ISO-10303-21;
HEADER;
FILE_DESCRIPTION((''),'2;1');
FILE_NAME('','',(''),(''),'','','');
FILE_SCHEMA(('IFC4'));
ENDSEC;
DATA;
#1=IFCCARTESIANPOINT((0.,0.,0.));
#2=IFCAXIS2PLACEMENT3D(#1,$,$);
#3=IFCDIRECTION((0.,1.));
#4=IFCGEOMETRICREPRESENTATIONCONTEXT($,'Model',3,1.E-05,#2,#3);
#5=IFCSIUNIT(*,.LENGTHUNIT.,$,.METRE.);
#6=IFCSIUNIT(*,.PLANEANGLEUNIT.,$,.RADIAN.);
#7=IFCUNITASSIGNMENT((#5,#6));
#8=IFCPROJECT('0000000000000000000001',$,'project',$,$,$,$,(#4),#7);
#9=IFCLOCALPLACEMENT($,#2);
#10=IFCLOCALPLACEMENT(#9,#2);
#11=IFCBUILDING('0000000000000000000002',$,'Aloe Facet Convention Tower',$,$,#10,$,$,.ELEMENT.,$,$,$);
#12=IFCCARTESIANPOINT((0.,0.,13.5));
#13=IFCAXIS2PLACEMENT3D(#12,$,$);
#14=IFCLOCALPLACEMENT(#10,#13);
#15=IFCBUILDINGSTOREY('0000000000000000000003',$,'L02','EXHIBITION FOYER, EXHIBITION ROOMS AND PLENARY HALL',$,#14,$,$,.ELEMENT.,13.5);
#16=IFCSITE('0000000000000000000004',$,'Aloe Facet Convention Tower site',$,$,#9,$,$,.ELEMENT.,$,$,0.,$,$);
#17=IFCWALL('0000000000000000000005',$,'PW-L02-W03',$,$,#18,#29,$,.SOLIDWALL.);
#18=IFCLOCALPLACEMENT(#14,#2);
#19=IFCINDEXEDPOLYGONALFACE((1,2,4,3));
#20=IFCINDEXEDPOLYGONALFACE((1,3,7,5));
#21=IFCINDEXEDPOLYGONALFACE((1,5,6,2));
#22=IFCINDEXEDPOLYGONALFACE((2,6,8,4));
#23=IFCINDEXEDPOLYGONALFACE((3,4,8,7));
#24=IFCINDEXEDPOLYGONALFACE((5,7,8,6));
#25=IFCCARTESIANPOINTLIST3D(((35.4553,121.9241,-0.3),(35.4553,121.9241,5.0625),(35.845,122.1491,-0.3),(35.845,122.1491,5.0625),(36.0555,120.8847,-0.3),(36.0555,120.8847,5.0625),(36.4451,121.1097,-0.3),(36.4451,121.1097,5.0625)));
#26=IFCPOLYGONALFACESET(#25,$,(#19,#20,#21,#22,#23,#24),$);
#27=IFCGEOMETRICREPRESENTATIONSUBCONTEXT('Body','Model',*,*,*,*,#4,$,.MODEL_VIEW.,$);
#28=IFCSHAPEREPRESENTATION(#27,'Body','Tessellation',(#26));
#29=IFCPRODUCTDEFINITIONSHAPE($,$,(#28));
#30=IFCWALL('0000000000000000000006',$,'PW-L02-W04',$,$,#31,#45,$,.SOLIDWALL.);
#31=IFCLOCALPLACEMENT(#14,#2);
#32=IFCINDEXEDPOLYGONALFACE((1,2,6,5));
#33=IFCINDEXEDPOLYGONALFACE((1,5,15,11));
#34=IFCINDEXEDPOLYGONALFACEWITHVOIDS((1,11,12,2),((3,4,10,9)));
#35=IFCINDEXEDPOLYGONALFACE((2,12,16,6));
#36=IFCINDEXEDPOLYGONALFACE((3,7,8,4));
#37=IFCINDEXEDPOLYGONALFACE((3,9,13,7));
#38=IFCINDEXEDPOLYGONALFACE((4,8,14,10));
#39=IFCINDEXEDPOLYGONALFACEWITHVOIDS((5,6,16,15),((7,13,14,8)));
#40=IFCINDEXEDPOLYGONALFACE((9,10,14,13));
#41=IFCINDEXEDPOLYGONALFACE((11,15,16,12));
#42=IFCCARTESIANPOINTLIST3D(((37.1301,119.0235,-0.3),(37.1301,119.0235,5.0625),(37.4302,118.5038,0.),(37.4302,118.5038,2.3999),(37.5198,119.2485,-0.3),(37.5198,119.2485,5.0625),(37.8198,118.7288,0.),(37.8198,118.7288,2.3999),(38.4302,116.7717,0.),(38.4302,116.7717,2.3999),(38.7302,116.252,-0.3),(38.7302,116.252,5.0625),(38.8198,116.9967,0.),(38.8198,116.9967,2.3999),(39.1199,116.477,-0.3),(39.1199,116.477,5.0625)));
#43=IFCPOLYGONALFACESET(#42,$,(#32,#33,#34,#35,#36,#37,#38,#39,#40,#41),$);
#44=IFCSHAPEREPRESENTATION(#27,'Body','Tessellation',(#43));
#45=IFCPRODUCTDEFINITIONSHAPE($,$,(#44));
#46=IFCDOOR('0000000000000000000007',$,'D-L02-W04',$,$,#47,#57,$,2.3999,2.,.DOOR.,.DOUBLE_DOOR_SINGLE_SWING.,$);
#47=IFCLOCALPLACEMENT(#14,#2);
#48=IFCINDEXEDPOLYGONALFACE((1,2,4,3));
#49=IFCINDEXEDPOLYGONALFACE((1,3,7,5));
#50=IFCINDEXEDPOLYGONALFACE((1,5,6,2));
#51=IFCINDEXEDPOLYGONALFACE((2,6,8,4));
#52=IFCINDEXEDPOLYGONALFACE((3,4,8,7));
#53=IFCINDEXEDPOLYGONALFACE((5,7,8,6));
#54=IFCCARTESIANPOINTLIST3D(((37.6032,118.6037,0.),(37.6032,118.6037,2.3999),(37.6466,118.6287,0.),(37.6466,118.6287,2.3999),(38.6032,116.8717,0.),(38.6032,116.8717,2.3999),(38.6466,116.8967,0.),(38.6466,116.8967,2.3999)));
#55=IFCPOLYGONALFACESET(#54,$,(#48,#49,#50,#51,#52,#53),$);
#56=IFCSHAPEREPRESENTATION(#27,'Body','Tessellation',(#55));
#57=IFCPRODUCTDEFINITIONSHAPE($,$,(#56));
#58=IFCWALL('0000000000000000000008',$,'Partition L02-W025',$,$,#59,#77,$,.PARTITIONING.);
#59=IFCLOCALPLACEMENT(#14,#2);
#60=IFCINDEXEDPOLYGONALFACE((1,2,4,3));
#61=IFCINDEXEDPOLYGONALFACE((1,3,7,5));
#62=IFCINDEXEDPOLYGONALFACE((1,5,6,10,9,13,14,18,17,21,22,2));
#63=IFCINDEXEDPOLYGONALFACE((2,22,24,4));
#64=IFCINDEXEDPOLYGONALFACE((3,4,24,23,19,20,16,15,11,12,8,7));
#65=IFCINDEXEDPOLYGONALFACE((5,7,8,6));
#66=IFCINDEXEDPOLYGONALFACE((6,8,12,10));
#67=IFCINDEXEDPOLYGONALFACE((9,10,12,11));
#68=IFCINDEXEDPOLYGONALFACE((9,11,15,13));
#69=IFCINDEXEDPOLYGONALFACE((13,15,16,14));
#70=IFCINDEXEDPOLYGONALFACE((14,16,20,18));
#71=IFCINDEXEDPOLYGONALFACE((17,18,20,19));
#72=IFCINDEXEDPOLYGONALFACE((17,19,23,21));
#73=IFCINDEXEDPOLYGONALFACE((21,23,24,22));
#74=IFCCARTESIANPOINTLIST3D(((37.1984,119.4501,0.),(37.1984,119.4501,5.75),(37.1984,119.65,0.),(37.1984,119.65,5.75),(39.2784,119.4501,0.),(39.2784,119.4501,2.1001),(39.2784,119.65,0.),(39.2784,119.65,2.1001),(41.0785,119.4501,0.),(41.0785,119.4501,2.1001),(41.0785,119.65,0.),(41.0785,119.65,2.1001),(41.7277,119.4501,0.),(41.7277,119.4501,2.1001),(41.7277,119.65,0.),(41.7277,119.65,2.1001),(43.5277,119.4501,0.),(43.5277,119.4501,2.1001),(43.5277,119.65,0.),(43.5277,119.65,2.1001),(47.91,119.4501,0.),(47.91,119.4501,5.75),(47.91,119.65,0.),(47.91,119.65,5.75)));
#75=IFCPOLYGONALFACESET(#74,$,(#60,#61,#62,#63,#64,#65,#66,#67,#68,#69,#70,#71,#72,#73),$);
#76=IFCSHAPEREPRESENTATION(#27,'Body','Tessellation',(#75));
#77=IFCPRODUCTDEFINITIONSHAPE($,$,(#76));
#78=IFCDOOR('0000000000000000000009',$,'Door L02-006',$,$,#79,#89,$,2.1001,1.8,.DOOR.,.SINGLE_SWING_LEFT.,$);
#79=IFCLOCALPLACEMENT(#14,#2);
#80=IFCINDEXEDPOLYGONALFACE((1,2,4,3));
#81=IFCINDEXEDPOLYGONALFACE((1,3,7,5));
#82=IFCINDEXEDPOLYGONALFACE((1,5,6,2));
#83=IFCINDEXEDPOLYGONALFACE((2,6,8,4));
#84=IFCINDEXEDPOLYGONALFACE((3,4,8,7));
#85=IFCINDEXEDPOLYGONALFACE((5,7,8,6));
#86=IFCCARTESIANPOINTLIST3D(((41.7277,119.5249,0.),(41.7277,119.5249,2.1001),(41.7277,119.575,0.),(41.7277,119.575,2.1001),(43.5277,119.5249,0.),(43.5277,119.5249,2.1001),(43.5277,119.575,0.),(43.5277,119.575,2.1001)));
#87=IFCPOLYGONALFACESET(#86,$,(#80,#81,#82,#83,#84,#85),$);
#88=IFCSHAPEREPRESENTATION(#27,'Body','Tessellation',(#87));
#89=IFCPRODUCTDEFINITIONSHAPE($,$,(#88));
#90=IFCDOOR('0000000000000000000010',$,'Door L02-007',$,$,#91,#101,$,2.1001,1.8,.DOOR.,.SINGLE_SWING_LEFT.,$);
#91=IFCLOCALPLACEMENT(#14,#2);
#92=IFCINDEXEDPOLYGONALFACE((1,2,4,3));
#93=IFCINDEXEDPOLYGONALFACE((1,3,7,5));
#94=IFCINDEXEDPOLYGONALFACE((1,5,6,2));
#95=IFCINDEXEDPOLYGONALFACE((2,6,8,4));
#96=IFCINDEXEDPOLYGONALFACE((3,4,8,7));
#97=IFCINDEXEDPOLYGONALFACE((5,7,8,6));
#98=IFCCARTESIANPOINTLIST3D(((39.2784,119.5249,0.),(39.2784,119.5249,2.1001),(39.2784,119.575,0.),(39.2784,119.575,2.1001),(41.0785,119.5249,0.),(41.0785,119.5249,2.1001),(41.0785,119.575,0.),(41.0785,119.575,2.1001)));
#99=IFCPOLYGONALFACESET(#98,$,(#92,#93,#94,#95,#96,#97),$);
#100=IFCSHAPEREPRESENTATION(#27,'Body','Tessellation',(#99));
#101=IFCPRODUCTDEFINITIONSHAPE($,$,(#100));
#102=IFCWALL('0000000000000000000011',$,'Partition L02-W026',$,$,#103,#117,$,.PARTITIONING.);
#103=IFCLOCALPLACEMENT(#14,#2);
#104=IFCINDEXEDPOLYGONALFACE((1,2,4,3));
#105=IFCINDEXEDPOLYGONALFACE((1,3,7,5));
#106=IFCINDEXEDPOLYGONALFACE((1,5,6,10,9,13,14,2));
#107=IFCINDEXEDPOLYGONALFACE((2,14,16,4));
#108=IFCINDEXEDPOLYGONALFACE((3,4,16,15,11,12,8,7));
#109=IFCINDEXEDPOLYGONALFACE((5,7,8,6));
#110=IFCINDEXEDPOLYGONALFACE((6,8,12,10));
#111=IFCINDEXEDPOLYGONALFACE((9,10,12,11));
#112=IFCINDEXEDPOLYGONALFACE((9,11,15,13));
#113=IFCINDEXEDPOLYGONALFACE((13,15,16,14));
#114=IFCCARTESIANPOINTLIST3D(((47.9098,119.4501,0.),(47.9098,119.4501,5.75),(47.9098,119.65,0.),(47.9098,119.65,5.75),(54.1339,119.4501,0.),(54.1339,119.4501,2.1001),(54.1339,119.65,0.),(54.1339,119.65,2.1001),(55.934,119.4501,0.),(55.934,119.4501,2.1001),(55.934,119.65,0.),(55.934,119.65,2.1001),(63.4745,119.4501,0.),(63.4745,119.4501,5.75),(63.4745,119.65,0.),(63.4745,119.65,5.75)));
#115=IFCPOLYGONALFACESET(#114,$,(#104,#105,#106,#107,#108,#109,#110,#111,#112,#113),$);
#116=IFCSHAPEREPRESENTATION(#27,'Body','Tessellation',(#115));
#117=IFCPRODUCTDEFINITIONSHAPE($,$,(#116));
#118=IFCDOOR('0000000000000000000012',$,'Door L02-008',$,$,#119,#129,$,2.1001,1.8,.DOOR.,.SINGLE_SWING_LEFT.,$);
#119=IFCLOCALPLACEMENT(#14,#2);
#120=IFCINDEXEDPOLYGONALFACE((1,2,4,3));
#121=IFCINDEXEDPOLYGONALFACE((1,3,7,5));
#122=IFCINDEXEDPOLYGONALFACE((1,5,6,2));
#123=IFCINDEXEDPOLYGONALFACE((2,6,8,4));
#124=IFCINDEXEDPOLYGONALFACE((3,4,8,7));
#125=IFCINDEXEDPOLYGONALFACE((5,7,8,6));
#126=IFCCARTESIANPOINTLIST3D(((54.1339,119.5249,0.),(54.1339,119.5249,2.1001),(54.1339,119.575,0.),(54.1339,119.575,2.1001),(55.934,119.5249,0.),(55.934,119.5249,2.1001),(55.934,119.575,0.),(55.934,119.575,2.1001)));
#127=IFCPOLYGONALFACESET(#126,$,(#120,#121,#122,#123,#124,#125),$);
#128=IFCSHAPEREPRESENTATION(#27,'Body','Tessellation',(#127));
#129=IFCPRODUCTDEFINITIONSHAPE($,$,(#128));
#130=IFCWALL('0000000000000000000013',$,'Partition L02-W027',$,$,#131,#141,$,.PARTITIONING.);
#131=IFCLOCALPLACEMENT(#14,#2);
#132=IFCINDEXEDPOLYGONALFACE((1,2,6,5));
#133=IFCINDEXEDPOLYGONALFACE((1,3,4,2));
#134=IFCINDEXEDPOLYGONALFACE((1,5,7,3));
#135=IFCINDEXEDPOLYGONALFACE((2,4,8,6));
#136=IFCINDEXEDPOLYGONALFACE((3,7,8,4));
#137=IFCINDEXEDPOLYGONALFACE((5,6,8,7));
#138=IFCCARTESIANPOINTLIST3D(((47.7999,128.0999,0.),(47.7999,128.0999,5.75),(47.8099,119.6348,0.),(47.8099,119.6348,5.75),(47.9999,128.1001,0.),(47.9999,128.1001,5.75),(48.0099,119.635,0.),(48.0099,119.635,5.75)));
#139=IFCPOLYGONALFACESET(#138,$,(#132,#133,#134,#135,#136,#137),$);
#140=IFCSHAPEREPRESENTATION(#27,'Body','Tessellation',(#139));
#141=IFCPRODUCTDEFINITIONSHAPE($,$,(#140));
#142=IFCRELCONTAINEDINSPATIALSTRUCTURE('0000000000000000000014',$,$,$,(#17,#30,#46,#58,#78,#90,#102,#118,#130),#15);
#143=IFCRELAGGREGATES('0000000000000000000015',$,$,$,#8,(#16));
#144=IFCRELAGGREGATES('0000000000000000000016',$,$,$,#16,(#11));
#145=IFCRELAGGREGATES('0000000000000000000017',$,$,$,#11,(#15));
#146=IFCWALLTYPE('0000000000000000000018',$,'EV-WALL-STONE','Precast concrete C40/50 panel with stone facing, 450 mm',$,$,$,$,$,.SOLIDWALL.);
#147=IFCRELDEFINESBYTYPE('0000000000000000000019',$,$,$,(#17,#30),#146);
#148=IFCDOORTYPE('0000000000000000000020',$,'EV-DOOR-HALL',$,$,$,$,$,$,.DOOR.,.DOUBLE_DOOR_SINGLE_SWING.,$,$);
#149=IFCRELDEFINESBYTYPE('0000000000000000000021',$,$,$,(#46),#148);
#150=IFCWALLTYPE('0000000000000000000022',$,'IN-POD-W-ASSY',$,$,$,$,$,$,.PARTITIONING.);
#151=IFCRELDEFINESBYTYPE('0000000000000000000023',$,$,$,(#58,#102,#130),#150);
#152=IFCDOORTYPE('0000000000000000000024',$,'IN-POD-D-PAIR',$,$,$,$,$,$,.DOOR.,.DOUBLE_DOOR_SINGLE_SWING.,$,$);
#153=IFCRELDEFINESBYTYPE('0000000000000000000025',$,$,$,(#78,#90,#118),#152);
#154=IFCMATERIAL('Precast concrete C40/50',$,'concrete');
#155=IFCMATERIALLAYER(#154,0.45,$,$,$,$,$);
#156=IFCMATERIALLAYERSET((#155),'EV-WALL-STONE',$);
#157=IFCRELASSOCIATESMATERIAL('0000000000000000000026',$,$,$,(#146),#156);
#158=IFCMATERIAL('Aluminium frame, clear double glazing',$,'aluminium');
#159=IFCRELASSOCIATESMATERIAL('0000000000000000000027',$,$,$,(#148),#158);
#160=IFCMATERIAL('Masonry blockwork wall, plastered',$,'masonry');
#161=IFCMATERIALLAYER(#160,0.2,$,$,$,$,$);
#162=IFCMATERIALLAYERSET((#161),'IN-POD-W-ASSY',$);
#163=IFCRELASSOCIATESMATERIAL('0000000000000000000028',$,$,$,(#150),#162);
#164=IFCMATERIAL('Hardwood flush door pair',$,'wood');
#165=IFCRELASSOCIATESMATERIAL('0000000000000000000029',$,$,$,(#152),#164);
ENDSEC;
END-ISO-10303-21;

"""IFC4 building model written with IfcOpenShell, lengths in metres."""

from ifc_helpers import new_model, si_unit, direction, frame, frame_2d, origin, place, context, subcontext, project, spatial, rectangle, extrude, material, layer, layer_set, type_object, element, fill, save


model = new_model("IFC4")

# Units and contexts
model_context = context("Model", 3, precision=1e-05, world=origin(), true_north=direction((0.0, 1.0)))
body_context = subcontext(model_context, "Body", "Model", "MODEL_VIEW")
ifc_project = project(units=[si_unit("LENGTHUNIT", "METRE"), si_unit("PLANEANGLEUNIT", "RADIAN")], contexts=[model_context])

# Site, building, storey
site_placement = place(None, origin())
site = spatial("IfcSite", under=ifc_project, at=site_placement, Name="Aloe Facet Convention Tower site", CompositionType="ELEMENT", RefElevation=0.0)
building_placement = place(site_placement, origin())
building = spatial("IfcBuilding", under=site, at=building_placement, Name="Aloe Facet Convention Tower", CompositionType="ELEMENT")
storey_placement = place(building_placement, frame((0.0, 0.0, 13.5)))
storey = spatial("IfcBuildingStorey", under=building, at=storey_placement, Name="L02", Description="EXHIBITION FOYER, EXHIBITION ROOMS AND PLENARY HALL", CompositionType="ELEMENT", Elevation=13.5)

# Wall
ifc_material_1 = material(Name="Precast concrete C40/50", Category="concrete")
ifc_layer_1 = layer(ifc_material_1, 0.45)
ifc_layer_set_1 = layer_set([ifc_layer_1], Name="EV-WALL-STONE")
wall_type_1 = type_object("IfcWallType", Name="EV-WALL-STONE", Description="Precast concrete C40/50 panel with stone facing, 450 mm", PredefinedType="SOLIDWALL", material=ifc_layer_set_1)
wall_1_placement = place(storey_placement, frame((35.6501, 122.0366, -0.3), z_axis=(0.0, 0.0, 1.0), x_axis=(0.500034, -0.866006, 0.0)))
element("IfcWall", 1, at=wall_1_placement, inside=storey, type_object=wall_type_1, Name="PW-L02-W03", PredefinedType="SOLIDWALL", context=body_context, shape_type="SweptSolid", body=[
    extrude(rectangle(XDim=1.2002, YDim=0.45, at=frame_2d((0.6001, 0.0))), origin(), (0.0, 0.0, 1.0), 5.3625),
])

# Wall, opening, door
wall_2_placement = place(storey_placement, frame((37.325, 119.136, -0.3), z_axis=(0.0, 0.0, 1.0), x_axis=(0.499995, -0.866028, 0.0)))
wall_2 = element("IfcWall", 2, at=wall_2_placement, inside=storey, type_object=wall_type_1, Name="PW-L02-W04", PredefinedType="SOLIDWALL", context=body_context, shape_type="SweptSolid", body=[
    extrude(rectangle(XDim=3.2002, YDim=0.45, at=frame_2d((1.6001, 0.0))), origin(), (0.0, 0.0, 1.0), 5.3625),
])
opening_1_placement = place(wall_2_placement, frame((0.6001, 0.0, 0.3)))
opening_1 = element("IfcOpeningElement", 3, at=opening_1_placement, cuts=wall_2, PredefinedType="OPENING", context=body_context, shape_type="SweptSolid", body=[
    extrude(rectangle(XDim=2.0, YDim=2.3999, at=frame_2d((1.0, 1.2))), frame((0.0, 0.2349, 0.0), z_axis=(0.0, -1.0, 0.0), x_axis=(1.0, 0.0, 0.0)), (0.0, 0.0, 1.0), 0.47),
])
ifc_material_2 = material(Name="Aluminium frame, clear double glazing", Category="aluminium")
door_type_1 = type_object("IfcDoorType", Name="EV-DOOR-HALL", OperationType="DOUBLE_DOOR_SINGLE_SWING", PredefinedType="DOOR", material=ifc_material_2)
door_1_placement = place(opening_1_placement, origin())
door_1 = element("IfcDoor", 4, at=door_1_placement, inside=storey, type_object=door_type_1, Name="D-L02-W04", OperationType="DOUBLE_DOOR_SINGLE_SWING", OverallHeight=2.3999, OverallWidth=2.0, PredefinedType="DOOR", context=body_context, shape_type="SweptSolid", body=[
    extrude(rectangle(XDim=2.0, YDim=2.3999, at=frame_2d((1.0, 1.2))), frame((0.0, 0.0249, 0.0), z_axis=(0.0, -1.0, 0.0), x_axis=(1.0, 0.0, 0.0)), (0.0, 0.0, 1.0), 0.05),
])
fill(opening_1, door_1)

# Wall, openings, doors
ifc_material_3 = material(Name="Masonry blockwork wall, plastered", Category="masonry")
ifc_layer_2 = layer(ifc_material_3, 0.2)
ifc_layer_set_2 = layer_set([ifc_layer_2], Name="IN-POD-W-ASSY")
wall_type_2 = type_object("IfcWallType", Name="IN-POD-W-ASSY", PredefinedType="PARTITIONING", material=ifc_layer_set_2)
wall_3_placement = place(storey_placement, frame((37.1982, 119.55, 0.0), z_axis=(0.0, 0.0, 1.0), x_axis=(1.0, 0.0, 0.0)))
wall_3 = element("IfcWall", 5, at=wall_3_placement, inside=storey, type_object=wall_type_2, Name="Partition L02-W025", PredefinedType="PARTITIONING", context=body_context, shape_type="SweptSolid", body=[
    extrude(rectangle(XDim=10.7117, YDim=0.2, at=frame_2d((5.356, 0.0))), origin(), (0.0, 0.0, 1.0), 5.75),
])
opening_2_placement = place(wall_3_placement, frame((4.5295, 0.0, 0.0)))
opening_2 = element("IfcOpeningElement", 6, at=opening_2_placement, cuts=wall_3, PredefinedType="OPENING", context=body_context, shape_type="SweptSolid", body=[
    extrude(rectangle(XDim=1.8, YDim=2.1001, at=frame_2d((0.8999, 1.05))), frame((0.0, 0.1099, 0.0), z_axis=(0.0, -1.0, 0.0), x_axis=(1.0, 0.0, 0.0)), (0.0, 0.0, 1.0), 0.22),
])
opening_3_placement = place(wall_3_placement, frame((2.0803, 0.0, 0.0)))
opening_3 = element("IfcOpeningElement", 7, at=opening_3_placement, cuts=wall_3, PredefinedType="OPENING", context=body_context, shape_type="SweptSolid", body=[
    extrude(rectangle(XDim=1.8, YDim=2.1001, at=frame_2d((0.8999, 1.05))), frame((0.0, 0.1099, 0.0), z_axis=(0.0, -1.0, 0.0), x_axis=(1.0, 0.0, 0.0)), (0.0, 0.0, 1.0), 0.22),
])
ifc_material_4 = material(Name="Hardwood flush door pair", Category="wood")
door_type_2 = type_object("IfcDoorType", Name="IN-POD-D-PAIR", OperationType="DOUBLE_DOOR_SINGLE_SWING", PredefinedType="DOOR", material=ifc_material_4)
door_2_placement = place(opening_2_placement, origin())
door_2 = element("IfcDoor", 8, at=door_2_placement, inside=storey, type_object=door_type_2, Name="Door L02-006", OperationType="SINGLE_SWING_LEFT", OverallHeight=2.1001, OverallWidth=1.8, PredefinedType="DOOR", context=body_context, shape_type="SweptSolid", body=[
    extrude(rectangle(XDim=1.8, YDim=2.1001, at=frame_2d((0.8999, 1.05))), frame((0.0, 0.0249, 0.0), z_axis=(0.0, -1.0, 0.0), x_axis=(1.0, 0.0, 0.0)), (0.0, 0.0, 1.0), 0.05),
])
fill(opening_2, door_2)
door_3_placement = place(opening_3_placement, origin())
door_3 = element("IfcDoor", 9, at=door_3_placement, inside=storey, type_object=door_type_2, Name="Door L02-007", OperationType="SINGLE_SWING_LEFT", OverallHeight=2.1001, OverallWidth=1.8, PredefinedType="DOOR", context=body_context, shape_type="SweptSolid", body=[
    extrude(rectangle(XDim=1.8, YDim=2.1001, at=frame_2d((0.8999, 1.05))), frame((0.0, 0.0249, 0.0), z_axis=(0.0, -1.0, 0.0), x_axis=(1.0, 0.0, 0.0)), (0.0, 0.0, 1.0), 0.05),
])
fill(opening_3, door_3)

# Wall, opening, door
wall_4_placement = place(storey_placement, frame((47.9099, 119.55, 0.0), z_axis=(0.0, 0.0, 1.0), x_axis=(1.0, 0.0, 0.0)))
wall_4 = element("IfcWall", 10, at=wall_4_placement, inside=storey, type_object=wall_type_2, Name="Partition L02-W026", PredefinedType="PARTITIONING", context=body_context, shape_type="SweptSolid", body=[
    extrude(rectangle(XDim=15.5647, YDim=0.2, at=frame_2d((7.7822, 0.0))), origin(), (0.0, 0.0, 1.0), 5.75),
])
opening_4_placement = place(wall_4_placement, frame((6.2241, 0.0, 0.0)))
opening_4 = element("IfcOpeningElement", 11, at=opening_4_placement, cuts=wall_4, PredefinedType="OPENING", context=body_context, shape_type="SweptSolid", body=[
    extrude(rectangle(XDim=1.8, YDim=2.1001, at=frame_2d((0.8999, 1.05))), frame((0.0, 0.1099, 0.0), z_axis=(0.0, -1.0, 0.0), x_axis=(1.0, 0.0, 0.0)), (0.0, 0.0, 1.0), 0.22),
])
door_4_placement = place(opening_4_placement, origin())
door_4 = element("IfcDoor", 12, at=door_4_placement, inside=storey, type_object=door_type_2, Name="Door L02-008", OperationType="SINGLE_SWING_LEFT", OverallHeight=2.1001, OverallWidth=1.8, PredefinedType="DOOR", context=body_context, shape_type="SweptSolid", body=[
    extrude(rectangle(XDim=1.8, YDim=2.1001, at=frame_2d((0.8999, 1.05))), frame((0.0, 0.0249, 0.0), z_axis=(0.0, -1.0, 0.0), x_axis=(1.0, 0.0, 0.0)), (0.0, 0.0, 1.0), 0.05),
])
fill(opening_4, door_4)

# Wall
wall_5_placement = place(storey_placement, frame((47.9099, 119.635, 0.0), z_axis=(0.0, 0.0, 1.0), x_axis=(-0.001182, 0.999999, 0.0)))
element("IfcWall", 13, at=wall_5_placement, inside=storey, type_object=wall_type_2, Name="Partition L02-W027", PredefinedType="PARTITIONING", context=body_context, shape_type="SweptSolid", body=[
    extrude(rectangle(XDim=8.4651, YDim=0.2, at=frame_2d((4.2324, 0.0))), origin(), (0.0, 0.0, 1.0), 5.75),
])

save(model, "model.ifc")
